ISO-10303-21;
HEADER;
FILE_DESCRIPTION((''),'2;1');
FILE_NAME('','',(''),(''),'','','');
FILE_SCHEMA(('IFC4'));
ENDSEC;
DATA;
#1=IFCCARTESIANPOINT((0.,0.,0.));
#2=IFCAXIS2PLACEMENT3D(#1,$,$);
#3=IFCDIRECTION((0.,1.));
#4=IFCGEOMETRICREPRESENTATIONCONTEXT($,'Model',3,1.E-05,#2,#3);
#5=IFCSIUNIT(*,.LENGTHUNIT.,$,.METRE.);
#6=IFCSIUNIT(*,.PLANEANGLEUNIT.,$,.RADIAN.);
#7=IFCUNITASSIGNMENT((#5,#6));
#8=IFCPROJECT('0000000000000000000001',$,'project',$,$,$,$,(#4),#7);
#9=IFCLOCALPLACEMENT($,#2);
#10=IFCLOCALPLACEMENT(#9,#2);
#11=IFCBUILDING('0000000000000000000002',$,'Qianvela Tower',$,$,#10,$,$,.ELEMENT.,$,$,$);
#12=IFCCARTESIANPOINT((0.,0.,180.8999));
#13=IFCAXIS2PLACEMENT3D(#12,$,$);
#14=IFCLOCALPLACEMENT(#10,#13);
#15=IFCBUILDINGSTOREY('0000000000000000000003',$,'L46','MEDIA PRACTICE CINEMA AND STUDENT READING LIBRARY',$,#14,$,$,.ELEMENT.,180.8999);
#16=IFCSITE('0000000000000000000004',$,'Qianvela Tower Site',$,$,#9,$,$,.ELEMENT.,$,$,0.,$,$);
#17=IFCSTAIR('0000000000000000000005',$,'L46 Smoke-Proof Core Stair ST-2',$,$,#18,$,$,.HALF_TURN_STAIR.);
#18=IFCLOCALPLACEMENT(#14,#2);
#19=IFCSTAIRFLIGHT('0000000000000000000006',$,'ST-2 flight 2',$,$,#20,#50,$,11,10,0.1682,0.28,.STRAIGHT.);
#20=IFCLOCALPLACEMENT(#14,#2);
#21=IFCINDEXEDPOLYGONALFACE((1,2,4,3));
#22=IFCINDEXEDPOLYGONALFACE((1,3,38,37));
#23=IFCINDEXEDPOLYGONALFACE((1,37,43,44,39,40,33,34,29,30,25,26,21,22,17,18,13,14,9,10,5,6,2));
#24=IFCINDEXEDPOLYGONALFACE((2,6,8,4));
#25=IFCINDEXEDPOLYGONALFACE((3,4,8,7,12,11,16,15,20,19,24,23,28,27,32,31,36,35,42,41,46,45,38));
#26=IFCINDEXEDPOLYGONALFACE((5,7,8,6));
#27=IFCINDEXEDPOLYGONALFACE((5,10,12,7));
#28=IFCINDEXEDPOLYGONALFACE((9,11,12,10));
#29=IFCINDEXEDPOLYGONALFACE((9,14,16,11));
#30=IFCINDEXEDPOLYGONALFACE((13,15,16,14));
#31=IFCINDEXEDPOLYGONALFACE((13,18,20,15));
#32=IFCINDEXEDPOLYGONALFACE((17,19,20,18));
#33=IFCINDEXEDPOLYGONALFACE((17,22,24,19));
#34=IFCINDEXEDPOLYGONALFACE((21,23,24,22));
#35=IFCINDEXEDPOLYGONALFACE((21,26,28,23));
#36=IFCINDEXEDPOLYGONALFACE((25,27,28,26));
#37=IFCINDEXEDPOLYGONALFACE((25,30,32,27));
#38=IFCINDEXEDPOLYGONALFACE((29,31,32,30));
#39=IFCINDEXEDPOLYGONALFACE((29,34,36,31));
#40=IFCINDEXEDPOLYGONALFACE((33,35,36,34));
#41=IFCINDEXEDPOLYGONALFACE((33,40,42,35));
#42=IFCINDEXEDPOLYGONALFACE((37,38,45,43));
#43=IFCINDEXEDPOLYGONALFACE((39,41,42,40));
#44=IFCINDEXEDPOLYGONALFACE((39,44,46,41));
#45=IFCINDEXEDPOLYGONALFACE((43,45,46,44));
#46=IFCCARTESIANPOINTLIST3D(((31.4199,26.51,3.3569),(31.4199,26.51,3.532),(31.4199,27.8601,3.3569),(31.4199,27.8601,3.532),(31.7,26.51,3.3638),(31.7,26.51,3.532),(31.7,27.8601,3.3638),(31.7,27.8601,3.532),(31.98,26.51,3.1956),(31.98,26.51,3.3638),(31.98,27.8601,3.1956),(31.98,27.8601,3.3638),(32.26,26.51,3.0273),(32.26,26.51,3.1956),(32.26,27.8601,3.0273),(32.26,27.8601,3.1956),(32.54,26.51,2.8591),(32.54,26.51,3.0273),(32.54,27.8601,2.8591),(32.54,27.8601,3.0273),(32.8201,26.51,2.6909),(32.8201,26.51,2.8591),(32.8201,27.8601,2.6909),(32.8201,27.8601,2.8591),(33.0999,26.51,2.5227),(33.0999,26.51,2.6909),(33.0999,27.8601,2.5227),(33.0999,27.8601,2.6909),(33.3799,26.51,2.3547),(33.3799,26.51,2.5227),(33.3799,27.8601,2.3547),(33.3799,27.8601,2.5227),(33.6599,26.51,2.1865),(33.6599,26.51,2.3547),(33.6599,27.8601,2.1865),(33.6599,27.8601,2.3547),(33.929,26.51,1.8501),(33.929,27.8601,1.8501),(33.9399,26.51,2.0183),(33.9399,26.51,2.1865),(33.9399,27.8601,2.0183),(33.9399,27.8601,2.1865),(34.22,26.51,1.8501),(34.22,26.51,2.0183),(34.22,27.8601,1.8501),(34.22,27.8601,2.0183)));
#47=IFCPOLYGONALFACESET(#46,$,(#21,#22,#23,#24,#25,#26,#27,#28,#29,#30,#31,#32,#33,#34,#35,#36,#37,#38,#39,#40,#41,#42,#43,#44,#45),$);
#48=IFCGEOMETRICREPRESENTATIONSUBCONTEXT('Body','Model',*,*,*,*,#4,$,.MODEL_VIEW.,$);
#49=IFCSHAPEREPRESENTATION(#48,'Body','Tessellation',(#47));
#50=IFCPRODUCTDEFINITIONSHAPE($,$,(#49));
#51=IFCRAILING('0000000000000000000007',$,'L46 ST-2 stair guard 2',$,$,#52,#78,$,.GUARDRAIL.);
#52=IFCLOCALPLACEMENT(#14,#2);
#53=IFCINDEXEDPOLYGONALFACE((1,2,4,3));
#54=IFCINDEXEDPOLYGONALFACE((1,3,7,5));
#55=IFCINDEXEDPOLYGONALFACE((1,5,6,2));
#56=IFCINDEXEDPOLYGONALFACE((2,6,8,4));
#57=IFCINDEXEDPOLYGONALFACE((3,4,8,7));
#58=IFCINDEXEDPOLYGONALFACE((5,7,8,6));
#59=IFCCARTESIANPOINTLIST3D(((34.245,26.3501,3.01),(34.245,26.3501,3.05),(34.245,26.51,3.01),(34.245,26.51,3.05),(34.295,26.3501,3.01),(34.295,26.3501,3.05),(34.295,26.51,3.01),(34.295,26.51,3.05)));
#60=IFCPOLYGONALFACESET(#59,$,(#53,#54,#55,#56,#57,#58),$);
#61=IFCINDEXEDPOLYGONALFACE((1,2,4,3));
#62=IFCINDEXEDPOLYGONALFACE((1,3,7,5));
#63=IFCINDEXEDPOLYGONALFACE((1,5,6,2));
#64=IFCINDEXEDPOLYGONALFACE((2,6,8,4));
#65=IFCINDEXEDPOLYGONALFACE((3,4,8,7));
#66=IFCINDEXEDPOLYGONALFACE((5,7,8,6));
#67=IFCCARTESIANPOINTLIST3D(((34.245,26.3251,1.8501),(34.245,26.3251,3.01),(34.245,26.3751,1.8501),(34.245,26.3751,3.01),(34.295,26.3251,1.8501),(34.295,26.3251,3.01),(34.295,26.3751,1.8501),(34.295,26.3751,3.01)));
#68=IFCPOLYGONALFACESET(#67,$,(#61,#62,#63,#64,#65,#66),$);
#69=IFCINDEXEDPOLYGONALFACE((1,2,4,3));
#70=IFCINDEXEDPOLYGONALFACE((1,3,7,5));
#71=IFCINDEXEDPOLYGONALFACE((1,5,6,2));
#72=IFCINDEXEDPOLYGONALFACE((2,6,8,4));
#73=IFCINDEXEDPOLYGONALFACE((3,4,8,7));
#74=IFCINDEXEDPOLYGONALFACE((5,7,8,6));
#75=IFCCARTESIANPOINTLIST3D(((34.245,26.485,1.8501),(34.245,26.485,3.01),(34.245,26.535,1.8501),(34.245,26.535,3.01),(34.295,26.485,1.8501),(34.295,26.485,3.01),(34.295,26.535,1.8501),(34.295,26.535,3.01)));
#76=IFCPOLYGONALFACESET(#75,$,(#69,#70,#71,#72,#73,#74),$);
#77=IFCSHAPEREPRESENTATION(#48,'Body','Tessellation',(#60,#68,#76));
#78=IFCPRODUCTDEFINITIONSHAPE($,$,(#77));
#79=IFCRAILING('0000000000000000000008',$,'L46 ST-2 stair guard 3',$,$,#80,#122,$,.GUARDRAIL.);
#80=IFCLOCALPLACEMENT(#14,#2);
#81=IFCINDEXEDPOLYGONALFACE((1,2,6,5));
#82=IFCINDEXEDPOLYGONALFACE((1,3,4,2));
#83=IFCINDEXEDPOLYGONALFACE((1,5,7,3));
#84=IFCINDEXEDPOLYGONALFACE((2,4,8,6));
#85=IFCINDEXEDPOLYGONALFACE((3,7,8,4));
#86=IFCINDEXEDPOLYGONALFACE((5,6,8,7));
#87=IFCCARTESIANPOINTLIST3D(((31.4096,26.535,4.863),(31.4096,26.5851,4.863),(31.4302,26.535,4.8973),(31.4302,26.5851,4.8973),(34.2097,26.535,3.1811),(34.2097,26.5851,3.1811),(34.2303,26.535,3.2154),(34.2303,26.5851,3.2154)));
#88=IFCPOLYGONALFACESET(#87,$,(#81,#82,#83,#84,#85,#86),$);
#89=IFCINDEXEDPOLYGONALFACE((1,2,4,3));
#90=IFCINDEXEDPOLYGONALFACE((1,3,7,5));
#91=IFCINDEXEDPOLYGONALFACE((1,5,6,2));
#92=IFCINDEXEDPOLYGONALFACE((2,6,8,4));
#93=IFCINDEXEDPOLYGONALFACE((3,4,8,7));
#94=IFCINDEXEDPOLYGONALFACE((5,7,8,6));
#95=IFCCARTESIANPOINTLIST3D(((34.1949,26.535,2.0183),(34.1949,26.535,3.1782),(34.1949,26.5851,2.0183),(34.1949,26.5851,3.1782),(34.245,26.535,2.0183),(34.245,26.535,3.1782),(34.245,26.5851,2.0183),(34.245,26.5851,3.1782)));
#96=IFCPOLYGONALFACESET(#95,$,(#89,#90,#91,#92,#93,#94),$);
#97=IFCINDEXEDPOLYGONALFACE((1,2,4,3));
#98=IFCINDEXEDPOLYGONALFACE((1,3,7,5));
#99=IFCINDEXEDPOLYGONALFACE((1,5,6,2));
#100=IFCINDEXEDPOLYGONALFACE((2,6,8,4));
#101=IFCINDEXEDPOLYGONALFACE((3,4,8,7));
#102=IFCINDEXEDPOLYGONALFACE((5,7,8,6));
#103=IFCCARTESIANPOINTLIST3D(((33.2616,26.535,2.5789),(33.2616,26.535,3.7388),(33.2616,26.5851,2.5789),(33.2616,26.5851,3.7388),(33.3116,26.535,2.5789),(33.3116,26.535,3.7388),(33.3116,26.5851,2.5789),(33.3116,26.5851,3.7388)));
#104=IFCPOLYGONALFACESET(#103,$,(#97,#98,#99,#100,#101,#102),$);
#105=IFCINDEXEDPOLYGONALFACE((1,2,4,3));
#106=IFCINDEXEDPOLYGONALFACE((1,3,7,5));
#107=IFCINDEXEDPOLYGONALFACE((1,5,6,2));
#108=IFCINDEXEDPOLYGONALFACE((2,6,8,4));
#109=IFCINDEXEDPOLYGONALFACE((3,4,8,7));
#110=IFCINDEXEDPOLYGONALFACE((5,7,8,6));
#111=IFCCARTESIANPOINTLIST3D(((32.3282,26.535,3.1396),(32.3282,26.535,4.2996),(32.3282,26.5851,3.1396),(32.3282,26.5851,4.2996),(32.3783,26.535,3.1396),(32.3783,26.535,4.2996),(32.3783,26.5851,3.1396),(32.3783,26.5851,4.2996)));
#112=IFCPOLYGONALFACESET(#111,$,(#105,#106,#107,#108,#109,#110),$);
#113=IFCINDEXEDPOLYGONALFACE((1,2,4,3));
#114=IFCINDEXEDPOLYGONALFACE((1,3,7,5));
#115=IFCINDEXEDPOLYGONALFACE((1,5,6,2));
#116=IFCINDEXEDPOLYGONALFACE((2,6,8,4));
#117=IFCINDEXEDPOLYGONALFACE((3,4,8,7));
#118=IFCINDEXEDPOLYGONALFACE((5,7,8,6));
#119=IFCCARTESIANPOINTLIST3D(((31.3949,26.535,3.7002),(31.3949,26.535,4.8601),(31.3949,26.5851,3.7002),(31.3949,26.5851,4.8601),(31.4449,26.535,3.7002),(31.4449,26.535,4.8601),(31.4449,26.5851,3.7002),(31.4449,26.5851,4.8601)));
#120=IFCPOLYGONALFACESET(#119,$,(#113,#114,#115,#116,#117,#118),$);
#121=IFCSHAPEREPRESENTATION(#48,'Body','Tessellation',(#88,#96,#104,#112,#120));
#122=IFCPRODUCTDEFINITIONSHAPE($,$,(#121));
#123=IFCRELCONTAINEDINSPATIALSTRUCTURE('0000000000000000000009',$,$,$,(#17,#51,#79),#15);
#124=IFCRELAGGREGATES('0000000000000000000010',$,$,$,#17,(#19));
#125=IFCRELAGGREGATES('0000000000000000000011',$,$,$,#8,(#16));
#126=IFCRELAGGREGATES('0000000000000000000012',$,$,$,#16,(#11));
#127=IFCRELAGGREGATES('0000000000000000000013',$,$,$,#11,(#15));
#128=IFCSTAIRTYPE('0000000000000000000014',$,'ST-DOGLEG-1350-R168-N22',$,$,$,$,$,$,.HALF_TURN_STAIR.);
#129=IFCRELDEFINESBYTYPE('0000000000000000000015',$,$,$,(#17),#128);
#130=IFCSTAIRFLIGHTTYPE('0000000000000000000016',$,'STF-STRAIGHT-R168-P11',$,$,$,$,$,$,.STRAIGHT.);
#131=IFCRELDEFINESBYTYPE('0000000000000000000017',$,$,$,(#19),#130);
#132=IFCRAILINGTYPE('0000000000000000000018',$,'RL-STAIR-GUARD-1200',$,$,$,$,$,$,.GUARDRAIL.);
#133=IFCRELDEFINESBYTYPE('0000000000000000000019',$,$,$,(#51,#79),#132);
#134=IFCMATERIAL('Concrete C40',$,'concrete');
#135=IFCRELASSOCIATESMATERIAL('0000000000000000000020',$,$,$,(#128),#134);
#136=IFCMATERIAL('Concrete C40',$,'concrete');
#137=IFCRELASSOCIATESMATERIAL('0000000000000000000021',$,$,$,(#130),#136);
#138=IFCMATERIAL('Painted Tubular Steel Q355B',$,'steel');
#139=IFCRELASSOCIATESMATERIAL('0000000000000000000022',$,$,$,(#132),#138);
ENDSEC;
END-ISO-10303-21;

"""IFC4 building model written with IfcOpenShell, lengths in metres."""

from ifc_helpers import new_model, si_unit, direction, frame, origin, origin_2d, place, context, subcontext, project, spatial, polyline, rectangle, outline, extrude, material, type_object, element, aggregate, save


model = new_model("IFC4")

# Units and contexts
model_context = context("Model", 3, precision=1e-05, world=origin(), true_north=direction((0.0, 1.0)))
body_context = subcontext(model_context, "Body", "Model", "MODEL_VIEW")
ifc_project = project(units=[si_unit("LENGTHUNIT", "METRE"), si_unit("PLANEANGLEUNIT", "RADIAN")], contexts=[model_context])

# Site, building, storey
site_placement = place(None, origin())
site = spatial("IfcSite", under=ifc_project, at=site_placement, Name="Qianvela Tower Site", CompositionType="ELEMENT", RefElevation=0.0)
building_placement = place(site_placement, origin())
building = spatial("IfcBuilding", under=site, at=building_placement, Name="Qianvela Tower", CompositionType="ELEMENT")
storey_placement = place(building_placement, frame((0.0, 0.0, 180.8999)))
storey = spatial("IfcBuildingStorey", under=building, at=storey_placement, Name="L46", Description="MEDIA PRACTICE CINEMA AND STUDENT READING LIBRARY", CompositionType="ELEMENT", Elevation=180.8999)

# Stair, stair flight
ifc_material_1 = material(Name="Concrete C40", Category="concrete")
stair_type = type_object("IfcStairType", Name="ST-DOGLEG-1350-R168-N22", PredefinedType="HALF_TURN_STAIR", material=ifc_material_1)
stair_placement = place(storey_placement, origin())
stair = element("IfcStair", 1, at=stair_placement, inside=storey, type_object=stair_type, Name="L46 Smoke-Proof Core Stair ST-2", PredefinedType="HALF_TURN_STAIR")
ifc_material_2 = material(Name="Concrete C40", Category="concrete")
stair_flight_type = type_object("IfcStairFlightType", Name="STF-STRAIGHT-R168-P11", PredefinedType="STRAIGHT", material=ifc_material_2)
stair_flight_placement = place(storey_placement, frame((34.22, 27.1851, 1.8501), z_axis=(0.0, 0.0, 1.0), x_axis=(-1.0, 0.0, 0.0)))
stair_flight = element("IfcStairFlight", 2, at=stair_flight_placement, type_object=stair_flight_type, Name="ST-2 flight 2", NumberOfRisers=11, NumberOfTreads=10, PredefinedType="STRAIGHT", RiserHeight=0.1682, TreadLength=0.28, context=body_context, shape_type="SweptSolid", body=[
    extrude(outline(polyline([(0.0, 0.0), (0.0, 0.1682), (0.28, 0.1682), (0.28, 0.3364), (0.5601, 0.3364), (0.5601, 0.5046), (0.8401, 0.5046), (0.8401, 0.6726), (1.1201, 0.6726), (1.1201, 0.8408), (1.3999, 0.8408), (1.3999, 1.009), (1.6799, 1.009), (1.6799, 1.1772), (1.96, 1.1772), (1.96, 1.3455), (2.24, 1.3455), (2.24, 1.5137), (2.52, 1.5137), (2.52, 1.6819), (2.8, 1.6819), (2.8, 1.8501), (2.8, 1.5068), (0.291, 0.0), (0.0, 0.0)])), frame((0.0, 0.675, 0.0), z_axis=(0.0, -1.0, 0.0), x_axis=(1.0, 0.0, 0.0)), (0.0, 0.0, 1.0), 1.3501),
])
aggregate(stair, [stair_flight])

# Railings
ifc_material_3 = material(Name="Painted Tubular Steel Q355B", Category="steel")
railing_type = type_object("IfcRailingType", Name="RL-STAIR-GUARD-1200", PredefinedType="GUARDRAIL", material=ifc_material_3)
railing_1_placement = place(storey_placement, frame((34.27, 26.3501, 1.8501)))
element("IfcRailing", 3, at=railing_1_placement, inside=storey, type_object=railing_type, Name="L46 ST-2 stair guard 2", PredefinedType="GUARDRAIL", context=body_context, shape_type="SweptSolid", body=[
    extrude(rectangle(XDim=0.05, YDim=0.04, at=origin_2d()), frame((0.0, 0.0, 1.1799), z_axis=(0.0, 1.0, 0.0), x_axis=(-1.0, 0.0, 0.0)), (0.0, 0.0, 1.0), 0.1599),
    extrude(rectangle(XDim=0.05, YDim=0.05, at=origin_2d()), origin(), (0.0, 0.0, 1.0), 1.1599),
    extrude(rectangle(XDim=0.05, YDim=0.05, at=origin_2d()), frame((0.0, 0.1599, 0.0)), (0.0, 0.0, 1.0), 1.1599),
])
railing_2_placement = place(storey_placement, frame((34.22, 26.5601, 2.0183)))
element("IfcRailing", 4, at=railing_2_placement, inside=storey, type_object=railing_type, Name="L46 ST-2 stair guard 3", PredefinedType="GUARDRAIL", context=body_context, shape_type="SweptSolid", body=[
    extrude(rectangle(XDim=0.05, YDim=0.04, at=origin_2d()), frame((0.0, 0.0, 1.1799), z_axis=(-0.857242, 0.0, 0.514913), x_axis=(0.0, -1.0, 0.0)), (0.0, 0.0, 1.0), 3.2664),
    extrude(rectangle(XDim=0.05, YDim=0.05, at=origin_2d()), origin(), (0.0, 0.0, 1.0), 1.1599),
    extrude(rectangle(XDim=0.05, YDim=0.05, at=origin_2d()), frame((-0.9333, 0.0, 0.5605)), (0.0, 0.0, 1.0), 1.1599),
    extrude(rectangle(XDim=0.05, YDim=0.05, at=origin_2d()), frame((-1.8667, 0.0, 1.1213)), (0.0, 0.0, 1.0), 1.1599),
    extrude(rectangle(XDim=0.05, YDim=0.05, at=origin_2d()), frame((-2.8, 0.0, 1.6819)), (0.0, 0.0, 1.0), 1.1599),
])

save(model, "model.ifc")
